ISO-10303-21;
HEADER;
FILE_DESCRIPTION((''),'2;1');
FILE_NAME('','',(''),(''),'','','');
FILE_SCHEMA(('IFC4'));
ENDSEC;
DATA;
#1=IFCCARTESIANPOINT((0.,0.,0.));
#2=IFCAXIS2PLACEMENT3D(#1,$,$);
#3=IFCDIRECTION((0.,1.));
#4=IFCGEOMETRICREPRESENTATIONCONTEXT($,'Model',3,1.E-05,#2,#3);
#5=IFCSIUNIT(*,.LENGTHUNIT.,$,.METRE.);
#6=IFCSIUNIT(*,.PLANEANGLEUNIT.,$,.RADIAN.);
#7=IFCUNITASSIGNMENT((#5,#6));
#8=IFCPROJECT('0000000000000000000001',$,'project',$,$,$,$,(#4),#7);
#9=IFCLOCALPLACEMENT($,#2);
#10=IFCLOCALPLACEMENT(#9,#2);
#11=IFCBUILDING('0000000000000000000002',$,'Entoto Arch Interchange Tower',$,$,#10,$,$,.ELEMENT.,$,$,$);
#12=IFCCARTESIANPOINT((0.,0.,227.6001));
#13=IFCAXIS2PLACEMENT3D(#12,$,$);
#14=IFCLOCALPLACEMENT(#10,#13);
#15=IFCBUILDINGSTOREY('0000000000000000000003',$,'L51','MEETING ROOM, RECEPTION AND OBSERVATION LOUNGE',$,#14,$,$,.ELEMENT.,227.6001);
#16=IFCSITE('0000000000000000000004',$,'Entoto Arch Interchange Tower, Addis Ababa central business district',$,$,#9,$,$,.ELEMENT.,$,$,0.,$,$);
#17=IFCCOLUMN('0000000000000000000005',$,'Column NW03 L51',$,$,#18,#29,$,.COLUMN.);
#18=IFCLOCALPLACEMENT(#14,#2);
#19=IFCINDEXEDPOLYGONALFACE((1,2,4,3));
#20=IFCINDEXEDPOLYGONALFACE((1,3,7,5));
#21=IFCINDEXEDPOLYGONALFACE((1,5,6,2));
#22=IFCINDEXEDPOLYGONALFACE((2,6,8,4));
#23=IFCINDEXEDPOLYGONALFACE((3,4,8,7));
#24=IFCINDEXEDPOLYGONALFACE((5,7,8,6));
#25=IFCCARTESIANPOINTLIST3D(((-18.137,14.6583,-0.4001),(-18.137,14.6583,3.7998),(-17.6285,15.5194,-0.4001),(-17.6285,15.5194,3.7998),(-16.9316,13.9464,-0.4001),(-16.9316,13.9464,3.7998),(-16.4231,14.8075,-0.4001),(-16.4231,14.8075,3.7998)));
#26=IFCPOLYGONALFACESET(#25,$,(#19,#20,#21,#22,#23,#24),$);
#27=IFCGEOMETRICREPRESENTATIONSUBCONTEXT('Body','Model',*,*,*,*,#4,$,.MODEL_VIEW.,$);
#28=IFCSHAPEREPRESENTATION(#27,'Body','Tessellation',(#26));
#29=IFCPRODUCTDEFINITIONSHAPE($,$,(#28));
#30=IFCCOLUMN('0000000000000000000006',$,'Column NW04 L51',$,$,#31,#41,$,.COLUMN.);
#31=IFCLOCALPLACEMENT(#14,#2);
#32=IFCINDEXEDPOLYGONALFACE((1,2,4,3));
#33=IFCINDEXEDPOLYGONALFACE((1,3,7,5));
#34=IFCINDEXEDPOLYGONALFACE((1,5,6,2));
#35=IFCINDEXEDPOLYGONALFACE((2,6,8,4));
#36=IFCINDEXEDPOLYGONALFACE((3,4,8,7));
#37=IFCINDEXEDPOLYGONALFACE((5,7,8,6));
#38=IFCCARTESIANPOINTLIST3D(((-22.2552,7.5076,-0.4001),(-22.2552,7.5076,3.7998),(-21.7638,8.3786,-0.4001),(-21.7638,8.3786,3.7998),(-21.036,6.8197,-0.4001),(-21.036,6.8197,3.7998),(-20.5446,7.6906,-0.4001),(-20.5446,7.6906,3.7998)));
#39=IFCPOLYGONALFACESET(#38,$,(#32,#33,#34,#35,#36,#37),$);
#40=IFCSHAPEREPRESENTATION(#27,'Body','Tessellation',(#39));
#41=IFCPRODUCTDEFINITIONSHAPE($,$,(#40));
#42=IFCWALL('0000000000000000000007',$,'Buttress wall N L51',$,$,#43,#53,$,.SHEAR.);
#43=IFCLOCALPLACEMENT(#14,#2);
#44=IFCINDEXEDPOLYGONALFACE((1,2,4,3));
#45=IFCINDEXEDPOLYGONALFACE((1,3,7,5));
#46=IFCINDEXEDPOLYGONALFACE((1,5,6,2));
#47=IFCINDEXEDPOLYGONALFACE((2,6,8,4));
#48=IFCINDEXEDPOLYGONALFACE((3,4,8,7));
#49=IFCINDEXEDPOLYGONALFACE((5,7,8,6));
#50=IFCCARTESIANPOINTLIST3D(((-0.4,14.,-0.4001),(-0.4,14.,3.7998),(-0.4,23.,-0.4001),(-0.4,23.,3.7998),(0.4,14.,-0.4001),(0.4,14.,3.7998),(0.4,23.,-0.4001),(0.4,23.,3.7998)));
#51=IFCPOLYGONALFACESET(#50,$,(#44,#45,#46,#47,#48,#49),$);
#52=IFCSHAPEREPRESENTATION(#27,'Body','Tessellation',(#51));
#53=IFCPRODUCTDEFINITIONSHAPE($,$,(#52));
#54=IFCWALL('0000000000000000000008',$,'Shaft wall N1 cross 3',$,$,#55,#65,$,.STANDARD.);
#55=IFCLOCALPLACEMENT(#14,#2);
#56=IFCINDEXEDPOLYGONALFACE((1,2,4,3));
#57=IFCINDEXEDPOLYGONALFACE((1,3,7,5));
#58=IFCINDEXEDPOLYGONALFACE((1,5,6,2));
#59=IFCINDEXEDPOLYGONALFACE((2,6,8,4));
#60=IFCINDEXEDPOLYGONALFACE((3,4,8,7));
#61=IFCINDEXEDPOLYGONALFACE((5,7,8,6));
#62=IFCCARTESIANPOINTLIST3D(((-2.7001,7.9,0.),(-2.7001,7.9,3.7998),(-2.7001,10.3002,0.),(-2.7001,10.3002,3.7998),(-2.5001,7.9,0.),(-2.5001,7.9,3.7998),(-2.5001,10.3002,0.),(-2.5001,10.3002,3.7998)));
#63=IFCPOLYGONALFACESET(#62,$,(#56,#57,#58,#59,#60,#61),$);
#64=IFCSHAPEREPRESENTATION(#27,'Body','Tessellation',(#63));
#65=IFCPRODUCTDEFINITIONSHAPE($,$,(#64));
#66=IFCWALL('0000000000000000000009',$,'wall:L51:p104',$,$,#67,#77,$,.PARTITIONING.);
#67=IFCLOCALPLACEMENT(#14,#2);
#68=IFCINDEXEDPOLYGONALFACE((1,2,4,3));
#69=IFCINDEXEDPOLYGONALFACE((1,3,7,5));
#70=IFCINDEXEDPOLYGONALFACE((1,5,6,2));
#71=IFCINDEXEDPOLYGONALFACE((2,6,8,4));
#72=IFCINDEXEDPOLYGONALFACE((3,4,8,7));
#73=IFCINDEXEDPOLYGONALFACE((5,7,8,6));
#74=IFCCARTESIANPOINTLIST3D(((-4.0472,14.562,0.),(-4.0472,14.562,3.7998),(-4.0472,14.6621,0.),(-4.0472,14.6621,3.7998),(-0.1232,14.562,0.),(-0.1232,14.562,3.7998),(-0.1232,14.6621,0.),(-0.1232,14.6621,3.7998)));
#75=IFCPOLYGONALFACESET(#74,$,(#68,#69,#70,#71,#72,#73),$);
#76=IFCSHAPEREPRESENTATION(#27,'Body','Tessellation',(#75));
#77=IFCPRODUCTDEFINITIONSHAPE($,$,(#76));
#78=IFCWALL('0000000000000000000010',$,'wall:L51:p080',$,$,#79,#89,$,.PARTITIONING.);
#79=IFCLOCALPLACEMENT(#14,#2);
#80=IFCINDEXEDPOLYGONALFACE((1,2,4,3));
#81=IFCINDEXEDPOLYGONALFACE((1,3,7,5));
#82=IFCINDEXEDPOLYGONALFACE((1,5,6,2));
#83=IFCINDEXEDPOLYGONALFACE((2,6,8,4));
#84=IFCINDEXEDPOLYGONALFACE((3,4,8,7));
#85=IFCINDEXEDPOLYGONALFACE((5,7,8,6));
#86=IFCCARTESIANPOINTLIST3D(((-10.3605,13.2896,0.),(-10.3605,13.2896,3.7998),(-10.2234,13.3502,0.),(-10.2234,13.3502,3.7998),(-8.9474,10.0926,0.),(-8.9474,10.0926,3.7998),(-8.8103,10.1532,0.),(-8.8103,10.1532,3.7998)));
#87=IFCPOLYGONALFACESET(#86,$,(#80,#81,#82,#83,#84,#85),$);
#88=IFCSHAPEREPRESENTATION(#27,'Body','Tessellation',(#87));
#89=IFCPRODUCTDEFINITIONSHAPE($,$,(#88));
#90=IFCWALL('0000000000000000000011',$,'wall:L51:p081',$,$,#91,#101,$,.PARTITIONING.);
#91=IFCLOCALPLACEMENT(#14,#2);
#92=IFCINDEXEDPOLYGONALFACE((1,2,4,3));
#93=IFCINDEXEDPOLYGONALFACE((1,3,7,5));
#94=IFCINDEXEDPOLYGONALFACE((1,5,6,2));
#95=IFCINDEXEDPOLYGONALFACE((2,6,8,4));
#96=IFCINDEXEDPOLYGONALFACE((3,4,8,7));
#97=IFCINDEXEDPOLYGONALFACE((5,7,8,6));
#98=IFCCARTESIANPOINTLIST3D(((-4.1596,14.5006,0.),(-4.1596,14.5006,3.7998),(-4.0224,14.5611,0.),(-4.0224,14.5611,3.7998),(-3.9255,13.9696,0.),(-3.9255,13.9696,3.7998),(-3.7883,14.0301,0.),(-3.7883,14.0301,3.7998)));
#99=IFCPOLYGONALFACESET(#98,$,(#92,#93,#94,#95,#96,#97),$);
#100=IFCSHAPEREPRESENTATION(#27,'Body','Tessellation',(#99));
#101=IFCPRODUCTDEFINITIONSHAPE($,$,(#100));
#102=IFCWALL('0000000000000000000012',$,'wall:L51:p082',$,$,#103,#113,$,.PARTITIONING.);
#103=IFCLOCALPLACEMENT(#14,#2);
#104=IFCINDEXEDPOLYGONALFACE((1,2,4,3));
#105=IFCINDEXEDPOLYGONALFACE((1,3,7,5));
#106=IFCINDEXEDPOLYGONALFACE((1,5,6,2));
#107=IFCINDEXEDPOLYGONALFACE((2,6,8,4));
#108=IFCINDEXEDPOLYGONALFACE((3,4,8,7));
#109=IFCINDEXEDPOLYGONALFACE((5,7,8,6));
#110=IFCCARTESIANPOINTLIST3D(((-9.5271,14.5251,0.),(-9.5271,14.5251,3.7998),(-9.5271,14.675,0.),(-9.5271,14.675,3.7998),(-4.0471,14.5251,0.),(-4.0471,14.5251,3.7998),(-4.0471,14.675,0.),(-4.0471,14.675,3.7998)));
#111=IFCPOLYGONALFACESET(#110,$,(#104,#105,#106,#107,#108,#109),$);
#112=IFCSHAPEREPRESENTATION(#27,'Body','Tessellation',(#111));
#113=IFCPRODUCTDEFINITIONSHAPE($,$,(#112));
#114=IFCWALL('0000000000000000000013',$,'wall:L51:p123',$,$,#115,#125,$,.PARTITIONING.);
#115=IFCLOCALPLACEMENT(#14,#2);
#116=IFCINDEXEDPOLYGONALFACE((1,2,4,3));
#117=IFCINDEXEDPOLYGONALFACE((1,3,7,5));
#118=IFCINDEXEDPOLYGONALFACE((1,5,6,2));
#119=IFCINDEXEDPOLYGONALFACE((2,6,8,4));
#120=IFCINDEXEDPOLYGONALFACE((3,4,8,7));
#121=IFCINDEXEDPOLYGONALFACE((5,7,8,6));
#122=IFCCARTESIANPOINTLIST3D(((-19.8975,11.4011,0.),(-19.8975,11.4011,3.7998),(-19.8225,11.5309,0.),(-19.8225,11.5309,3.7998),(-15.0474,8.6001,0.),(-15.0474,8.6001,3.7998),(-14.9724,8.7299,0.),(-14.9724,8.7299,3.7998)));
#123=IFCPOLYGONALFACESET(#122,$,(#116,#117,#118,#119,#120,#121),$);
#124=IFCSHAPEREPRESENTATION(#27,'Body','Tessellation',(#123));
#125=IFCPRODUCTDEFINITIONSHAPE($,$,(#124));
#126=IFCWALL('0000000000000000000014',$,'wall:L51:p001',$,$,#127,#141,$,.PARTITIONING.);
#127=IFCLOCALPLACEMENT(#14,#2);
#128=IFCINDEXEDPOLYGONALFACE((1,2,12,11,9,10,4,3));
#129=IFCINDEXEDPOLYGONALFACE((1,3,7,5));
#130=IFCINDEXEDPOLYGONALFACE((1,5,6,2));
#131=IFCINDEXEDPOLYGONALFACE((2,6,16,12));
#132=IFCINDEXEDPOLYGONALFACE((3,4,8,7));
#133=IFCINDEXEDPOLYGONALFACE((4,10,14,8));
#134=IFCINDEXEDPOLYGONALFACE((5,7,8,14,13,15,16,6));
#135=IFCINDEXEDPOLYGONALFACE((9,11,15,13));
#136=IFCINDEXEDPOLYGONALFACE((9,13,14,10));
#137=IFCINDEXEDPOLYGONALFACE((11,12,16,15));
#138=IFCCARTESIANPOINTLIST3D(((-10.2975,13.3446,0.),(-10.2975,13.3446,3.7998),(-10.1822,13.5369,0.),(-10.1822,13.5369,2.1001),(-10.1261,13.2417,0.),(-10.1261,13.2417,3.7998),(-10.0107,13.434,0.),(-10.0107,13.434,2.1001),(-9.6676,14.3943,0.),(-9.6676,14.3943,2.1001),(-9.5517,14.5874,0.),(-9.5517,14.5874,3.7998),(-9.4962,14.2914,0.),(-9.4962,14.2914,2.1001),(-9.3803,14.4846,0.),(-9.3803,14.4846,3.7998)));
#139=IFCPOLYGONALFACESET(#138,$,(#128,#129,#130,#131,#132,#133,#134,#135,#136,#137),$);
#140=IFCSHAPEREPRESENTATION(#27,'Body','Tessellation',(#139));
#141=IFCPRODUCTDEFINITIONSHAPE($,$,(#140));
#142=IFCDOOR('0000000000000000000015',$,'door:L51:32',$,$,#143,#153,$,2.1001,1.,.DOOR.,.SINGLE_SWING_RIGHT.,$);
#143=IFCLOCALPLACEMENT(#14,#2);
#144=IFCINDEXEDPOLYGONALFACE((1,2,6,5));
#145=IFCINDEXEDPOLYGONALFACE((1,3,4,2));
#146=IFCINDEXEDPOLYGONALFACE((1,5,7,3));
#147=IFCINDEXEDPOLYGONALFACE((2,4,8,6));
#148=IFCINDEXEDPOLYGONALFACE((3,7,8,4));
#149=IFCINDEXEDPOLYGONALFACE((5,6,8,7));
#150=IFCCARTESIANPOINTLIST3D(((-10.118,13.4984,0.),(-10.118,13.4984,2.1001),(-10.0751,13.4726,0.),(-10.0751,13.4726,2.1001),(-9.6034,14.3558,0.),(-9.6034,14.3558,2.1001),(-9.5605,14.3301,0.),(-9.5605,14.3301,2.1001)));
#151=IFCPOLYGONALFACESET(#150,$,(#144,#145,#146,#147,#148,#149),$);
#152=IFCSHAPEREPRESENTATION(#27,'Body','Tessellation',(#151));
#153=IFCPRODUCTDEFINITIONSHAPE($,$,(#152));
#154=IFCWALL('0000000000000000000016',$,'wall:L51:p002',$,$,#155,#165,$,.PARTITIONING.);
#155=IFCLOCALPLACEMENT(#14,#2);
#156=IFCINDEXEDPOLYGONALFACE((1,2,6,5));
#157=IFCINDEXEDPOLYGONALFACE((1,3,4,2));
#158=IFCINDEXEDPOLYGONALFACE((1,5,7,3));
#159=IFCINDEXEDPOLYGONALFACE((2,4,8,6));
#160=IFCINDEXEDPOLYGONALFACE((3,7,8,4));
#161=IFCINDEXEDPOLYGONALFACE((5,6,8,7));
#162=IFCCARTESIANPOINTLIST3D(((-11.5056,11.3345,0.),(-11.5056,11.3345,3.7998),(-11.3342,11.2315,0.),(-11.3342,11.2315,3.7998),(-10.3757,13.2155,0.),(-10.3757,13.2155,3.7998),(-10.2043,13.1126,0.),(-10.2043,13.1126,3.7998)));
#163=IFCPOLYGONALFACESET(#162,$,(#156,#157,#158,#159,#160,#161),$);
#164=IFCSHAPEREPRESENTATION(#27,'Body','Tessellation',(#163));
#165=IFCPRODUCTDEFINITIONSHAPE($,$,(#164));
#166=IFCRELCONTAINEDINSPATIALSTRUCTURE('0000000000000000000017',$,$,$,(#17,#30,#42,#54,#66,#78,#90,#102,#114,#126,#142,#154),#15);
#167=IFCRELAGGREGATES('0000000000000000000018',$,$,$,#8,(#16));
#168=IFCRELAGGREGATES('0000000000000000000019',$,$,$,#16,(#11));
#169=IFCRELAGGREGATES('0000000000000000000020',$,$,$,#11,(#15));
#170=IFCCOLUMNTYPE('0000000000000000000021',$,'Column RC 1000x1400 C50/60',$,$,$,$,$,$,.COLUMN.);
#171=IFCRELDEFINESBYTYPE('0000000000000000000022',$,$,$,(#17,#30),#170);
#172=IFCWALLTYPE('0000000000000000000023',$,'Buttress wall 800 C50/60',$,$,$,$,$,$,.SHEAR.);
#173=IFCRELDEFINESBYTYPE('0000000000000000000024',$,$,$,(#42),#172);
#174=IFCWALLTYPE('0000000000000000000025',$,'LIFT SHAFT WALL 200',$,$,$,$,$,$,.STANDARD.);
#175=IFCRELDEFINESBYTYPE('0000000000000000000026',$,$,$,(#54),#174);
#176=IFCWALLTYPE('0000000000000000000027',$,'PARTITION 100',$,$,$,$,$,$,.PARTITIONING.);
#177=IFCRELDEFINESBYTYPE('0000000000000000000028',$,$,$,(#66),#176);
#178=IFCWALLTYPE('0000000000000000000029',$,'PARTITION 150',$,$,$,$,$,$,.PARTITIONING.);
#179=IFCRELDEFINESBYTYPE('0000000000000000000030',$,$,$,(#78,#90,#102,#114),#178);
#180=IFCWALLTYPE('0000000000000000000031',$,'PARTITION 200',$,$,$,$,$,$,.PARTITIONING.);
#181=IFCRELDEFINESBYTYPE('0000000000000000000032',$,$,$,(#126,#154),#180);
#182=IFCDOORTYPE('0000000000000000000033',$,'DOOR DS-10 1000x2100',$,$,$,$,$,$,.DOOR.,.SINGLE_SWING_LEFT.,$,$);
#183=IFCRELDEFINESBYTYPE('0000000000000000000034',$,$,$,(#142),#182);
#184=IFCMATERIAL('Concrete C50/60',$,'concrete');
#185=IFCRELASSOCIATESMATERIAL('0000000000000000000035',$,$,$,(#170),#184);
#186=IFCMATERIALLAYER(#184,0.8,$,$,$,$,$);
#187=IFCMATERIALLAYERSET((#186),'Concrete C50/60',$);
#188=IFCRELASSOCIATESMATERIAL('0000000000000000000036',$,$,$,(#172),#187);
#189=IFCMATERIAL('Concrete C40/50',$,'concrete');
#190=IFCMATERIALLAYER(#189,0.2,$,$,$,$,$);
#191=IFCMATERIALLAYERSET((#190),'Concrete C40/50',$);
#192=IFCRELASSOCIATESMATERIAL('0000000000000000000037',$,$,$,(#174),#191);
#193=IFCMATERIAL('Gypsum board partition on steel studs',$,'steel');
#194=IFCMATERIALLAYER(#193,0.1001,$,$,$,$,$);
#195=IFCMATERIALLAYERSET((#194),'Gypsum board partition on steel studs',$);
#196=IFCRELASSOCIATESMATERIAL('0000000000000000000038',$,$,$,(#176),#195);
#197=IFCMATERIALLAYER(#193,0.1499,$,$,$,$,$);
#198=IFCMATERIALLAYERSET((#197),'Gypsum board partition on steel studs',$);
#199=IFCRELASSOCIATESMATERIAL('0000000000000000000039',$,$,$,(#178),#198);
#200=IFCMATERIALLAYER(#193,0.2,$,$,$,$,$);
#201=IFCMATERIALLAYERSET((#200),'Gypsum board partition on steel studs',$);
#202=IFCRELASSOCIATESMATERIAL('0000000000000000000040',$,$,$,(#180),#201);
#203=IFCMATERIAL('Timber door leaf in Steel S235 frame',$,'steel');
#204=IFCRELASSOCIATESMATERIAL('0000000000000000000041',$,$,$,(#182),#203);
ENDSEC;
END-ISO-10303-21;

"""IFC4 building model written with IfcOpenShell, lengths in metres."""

from ifc_helpers import new_model, si_unit, direction, frame, frame_2d, origin, origin_2d, place, context, subcontext, project, spatial, rectangle, extrude, material, layer, layer_set, material_profile, profile_set, type_object, element, fill, save


model = new_model("IFC4")

# Units and contexts
model_context = context("Model", 3, precision=1e-05, world=origin(), true_north=direction((0.0, 1.0)))
body_context = subcontext(model_context, "Body", "Model", "MODEL_VIEW")
ifc_project = project(units=[si_unit("LENGTHUNIT", "METRE"), si_unit("PLANEANGLEUNIT", "RADIAN")], contexts=[model_context])

# Site, building, storey
site_placement = place(None, origin())
site = spatial("IfcSite", under=ifc_project, at=site_placement, Name="Entoto Arch Interchange Tower, Addis Ababa central business district", CompositionType="ELEMENT", RefElevation=0.0)
building_placement = place(site_placement, origin())
building = spatial("IfcBuilding", under=site, at=building_placement, Name="Entoto Arch Interchange Tower", CompositionType="ELEMENT")
storey_placement = place(building_placement, frame((0.0, 0.0, 227.6001)))
storey = spatial("IfcBuildingStorey", under=building, at=storey_placement, Name="L51", Description="MEETING ROOM, RECEPTION AND OBSERVATION LOUNGE", CompositionType="ELEMENT", Elevation=227.6001)

# Columns
ifc_material_1 = material(Name="Concrete C50/60", Category="concrete")
ifc_material_profile = material_profile(ifc_material_1, rectangle(XDim=1.0, YDim=1.3999, at=origin_2d()))
ifc_profile_set = profile_set([ifc_material_profile], Name="Concrete C50/60")
column_type = type_object("IfcColumnType", Name="Column RC 1000x1400 C50/60", PredefinedType="COLUMN", material=ifc_profile_set)
for number, where, z_axis, x_axis, name in (
    (1, (-17.28, 14.7329, -0.4001), (0.0, 0.0, 1.0), (0.508516, 0.861053, 0.0), "Column NW03 L51"),
    (2, (-21.3999, 7.5991, -0.4001), (0.0, 0.0, 1.0), (0.491436, 0.870914, 0.0), "Column NW04 L51"),
):
    element("IfcColumn", number, at=place(storey_placement, frame(where, z_axis=z_axis, x_axis=x_axis)), inside=storey, type_object=column_type, Name=name, PredefinedType="COLUMN", context=body_context, shape_type="SweptSolid", body=[
        extrude(rectangle(XDim=1.0, YDim=1.3999, at=origin_2d()), origin(), (0.0, 0.0, 1.0), 4.2),
    ])

# Walls
ifc_layer_1 = layer(ifc_material_1, 0.8)
ifc_layer_set_1 = layer_set([ifc_layer_1], Name="Concrete C50/60")
wall_type_1 = type_object("IfcWallType", Name="Buttress wall 800 C50/60", PredefinedType="SHEAR", material=ifc_layer_set_1)
wall_1_placement = place(storey_placement, frame((0.0, 14.0, -0.4001), z_axis=(0.0, 0.0, 1.0), x_axis=(0.0, 1.0, 0.0)))
element("IfcWall", 3, at=wall_1_placement, inside=storey, type_object=wall_type_1, Name="Buttress wall N L51", PredefinedType="SHEAR", context=body_context, shape_type="SweptSolid", body=[
    extrude(rectangle(XDim=9.0, YDim=0.8, at=frame_2d((4.5, 0.0))), origin(), (0.0, 0.0, 1.0), 4.2),
])
ifc_material_2 = material(Name="Concrete C40/50", Category="concrete")
ifc_layer_2 = layer(ifc_material_2, 0.2)
ifc_layer_set_2 = layer_set([ifc_layer_2], Name="Concrete C40/50")
wall_type_2 = type_object("IfcWallType", Name="LIFT SHAFT WALL 200", PredefinedType="STANDARD", material=ifc_layer_set_2)
wall_2_placement = place(storey_placement, frame((-2.6001, 7.8999, 0.0), z_axis=(0.0, 0.0, 1.0), x_axis=(0.0, 1.0, 0.0)))
element("IfcWall", 4, at=wall_2_placement, inside=storey, type_object=wall_type_2, Name="Shaft wall N1 cross 3", PredefinedType="STANDARD", context=body_context, shape_type="SweptSolid", body=[
    extrude(rectangle(XDim=2.4001, YDim=0.2, at=frame_2d((1.2002, 0.0))), origin(), (0.0, 0.0, 1.0), 3.7998),
])
ifc_material_3 = material(Name="Gypsum board partition on steel studs", Category="steel")
ifc_layer_3 = layer(ifc_material_3, 0.1001)
ifc_layer_set_3 = layer_set([ifc_layer_3], Name="Gypsum board partition on steel studs")
wall_type_3 = type_object("IfcWallType", Name="PARTITION 100", PredefinedType="PARTITIONING", material=ifc_layer_set_3)
wall_3_placement = place(storey_placement, frame((-4.0471, 14.6121, 0.0), z_axis=(0.0, 0.0, 1.0), x_axis=(1.0, 0.0, 0.0)))
element("IfcWall", 5, at=wall_3_placement, inside=storey, type_object=wall_type_3, Name="wall:L51:p104", PredefinedType="PARTITIONING", context=body_context, shape_type="SweptSolid", body=[
    extrude(rectangle(XDim=3.9241, YDim=0.1001, at=frame_2d((1.9619, 0.0))), origin(), (0.0, 0.0, 1.0), 3.7998),
])
ifc_layer_4 = layer(ifc_material_3, 0.1499)
ifc_layer_set_4 = layer_set([ifc_layer_4], Name="Gypsum board partition on steel studs")
wall_type_4 = type_object("IfcWallType", Name="PARTITION 150", PredefinedType="PARTITIONING", material=ifc_layer_set_4)
wall_4_placement = place(storey_placement, frame((-8.8789, 10.123, 0.0), z_axis=(0.0, 0.0, 1.0), x_axis=(-0.404271, 0.914639, 0.0)))
element("IfcWall", 6, at=wall_4_placement, inside=storey, type_object=wall_type_4, Name="wall:L51:p080", PredefinedType="PARTITIONING", context=body_context, shape_type="SweptSolid", body=[
    extrude(rectangle(XDim=3.4954, YDim=0.1499, at=frame_2d((1.7476, 0.0))), origin(), (0.0, 0.0, 1.0), 3.7998),
])
wall_5_placement = place(storey_placement, frame((-3.8569, 14.0, 0.0), z_axis=(0.0, 0.0, 1.0), x_axis=(-0.403443, 0.915005, 0.0)))
element("IfcWall", 7, at=wall_5_placement, inside=storey, type_object=wall_type_4, Name="wall:L51:p081", PredefinedType="PARTITIONING", context=body_context, shape_type="SweptSolid", body=[
    extrude(rectangle(XDim=0.5803, YDim=0.1499, at=frame_2d((0.29, 0.0))), origin(), (0.0, 0.0, 1.0), 3.7998),
])
wall_6_placement = place(storey_placement, frame((-4.0471, 14.6001, 0.0), z_axis=(0.0, 0.0, 1.0), x_axis=(-1.0, 0.0, 0.0)))
element("IfcWall", 8, at=wall_6_placement, inside=storey, type_object=wall_type_4, Name="wall:L51:p082", PredefinedType="PARTITIONING", context=body_context, shape_type="SweptSolid", body=[
    extrude(rectangle(XDim=5.48, YDim=0.1499, at=frame_2d((2.74, 0.0))), origin(), (0.0, 0.0, 1.0), 3.7998),
])
wall_7_placement = place(storey_placement, frame((-15.01, 8.665, 0.0), z_axis=(0.0, 0.0, 1.0), x_axis=(-0.865962, 0.50011, 0.0)))
element("IfcWall", 9, at=wall_7_placement, inside=storey, type_object=wall_type_4, Name="wall:L51:p123", PredefinedType="PARTITIONING", context=body_context, shape_type="SweptSolid", body=[
    extrude(rectangle(XDim=5.6008, YDim=0.1499, at=frame_2d((2.8003, 0.0))), origin(), (0.0, 0.0, 1.0), 3.7998),
])

# Wall, opening, door
ifc_layer_5 = layer(ifc_material_3, 0.2)
ifc_layer_set_5 = layer_set([ifc_layer_5], Name="Gypsum board partition on steel studs")
wall_type_5 = type_object("IfcWallType", Name="PARTITION 200", PredefinedType="PARTITIONING", material=ifc_layer_set_5)
wall_8_placement = place(storey_placement, frame((-9.4661, 14.5359, 0.0), z_axis=(0.0, 0.0, 1.0), x_axis=(-0.514545, -0.857463, 0.0)))
wall_8 = element("IfcWall", 10, at=wall_8_placement, inside=storey, type_object=wall_type_5, Name="wall:L51:p001", PredefinedType="PARTITIONING", context=body_context, shape_type="SweptSolid", body=[
    extrude(rectangle(XDim=1.4495, YDim=0.2, at=frame_2d((0.7246, 0.0))), origin(), (0.0, 0.0, 1.0), 3.7998),
])
opening_1_placement = place(wall_8_placement, frame((0.2251, 0.0, 0.0)))
opening_1 = element("IfcOpeningElement", 11, at=opening_1_placement, cuts=wall_8, PredefinedType="OPENING", context=body_context, shape_type="SweptSolid", body=[
    extrude(rectangle(XDim=1.0, YDim=2.1001, at=frame_2d((0.5, 1.05))), frame((0.0, 0.1099, 0.0), z_axis=(0.0, -1.0, 0.0), x_axis=(1.0, 0.0, 0.0)), (0.0, 0.0, 1.0), 0.22),
])
ifc_material_4 = material(Name="Timber door leaf in Steel S235 frame", Category="steel")
door_type_1 = type_object("IfcDoorType", Name="DOOR DS-10 1000x2100", OperationType="SINGLE_SWING_LEFT", PredefinedType="DOOR", material=ifc_material_4)
door_1_placement = place(opening_1_placement, origin())
door_1 = element("IfcDoor", 12, at=door_1_placement, inside=storey, type_object=door_type_1, Name="door:L51:32", OperationType="SINGLE_SWING_RIGHT", OverallHeight=2.1001, OverallWidth=1.0, PredefinedType="DOOR", context=body_context, shape_type="SweptSolid", body=[
    extrude(rectangle(XDim=1.0, YDim=2.1001, at=frame_2d((0.5, 1.05))), frame((0.0, 0.0249, 0.0), z_axis=(0.0, -1.0, 0.0), x_axis=(1.0, 0.0, 0.0)), (0.0, 0.0, 1.0), 0.05),
])
fill(opening_1, door_1)

# Wall
wall_9_placement = place(storey_placement, frame((-10.29, 13.1641, 0.0), z_axis=(0.0, 0.0, 1.0), x_axis=(-0.514905, -0.857247, 0.0)))
element("IfcWall", 13, at=wall_9_placement, inside=storey, type_object=wall_type_5, Name="wall:L51:p002", PredefinedType="PARTITIONING", context=body_context, shape_type="SweptSolid", body=[
    extrude(rectangle(XDim=2.1943, YDim=0.2, at=frame_2d((1.0972, 0.0))), origin(), (0.0, 0.0, 1.0), 3.7998),
])

save(model, "model.ifc")
